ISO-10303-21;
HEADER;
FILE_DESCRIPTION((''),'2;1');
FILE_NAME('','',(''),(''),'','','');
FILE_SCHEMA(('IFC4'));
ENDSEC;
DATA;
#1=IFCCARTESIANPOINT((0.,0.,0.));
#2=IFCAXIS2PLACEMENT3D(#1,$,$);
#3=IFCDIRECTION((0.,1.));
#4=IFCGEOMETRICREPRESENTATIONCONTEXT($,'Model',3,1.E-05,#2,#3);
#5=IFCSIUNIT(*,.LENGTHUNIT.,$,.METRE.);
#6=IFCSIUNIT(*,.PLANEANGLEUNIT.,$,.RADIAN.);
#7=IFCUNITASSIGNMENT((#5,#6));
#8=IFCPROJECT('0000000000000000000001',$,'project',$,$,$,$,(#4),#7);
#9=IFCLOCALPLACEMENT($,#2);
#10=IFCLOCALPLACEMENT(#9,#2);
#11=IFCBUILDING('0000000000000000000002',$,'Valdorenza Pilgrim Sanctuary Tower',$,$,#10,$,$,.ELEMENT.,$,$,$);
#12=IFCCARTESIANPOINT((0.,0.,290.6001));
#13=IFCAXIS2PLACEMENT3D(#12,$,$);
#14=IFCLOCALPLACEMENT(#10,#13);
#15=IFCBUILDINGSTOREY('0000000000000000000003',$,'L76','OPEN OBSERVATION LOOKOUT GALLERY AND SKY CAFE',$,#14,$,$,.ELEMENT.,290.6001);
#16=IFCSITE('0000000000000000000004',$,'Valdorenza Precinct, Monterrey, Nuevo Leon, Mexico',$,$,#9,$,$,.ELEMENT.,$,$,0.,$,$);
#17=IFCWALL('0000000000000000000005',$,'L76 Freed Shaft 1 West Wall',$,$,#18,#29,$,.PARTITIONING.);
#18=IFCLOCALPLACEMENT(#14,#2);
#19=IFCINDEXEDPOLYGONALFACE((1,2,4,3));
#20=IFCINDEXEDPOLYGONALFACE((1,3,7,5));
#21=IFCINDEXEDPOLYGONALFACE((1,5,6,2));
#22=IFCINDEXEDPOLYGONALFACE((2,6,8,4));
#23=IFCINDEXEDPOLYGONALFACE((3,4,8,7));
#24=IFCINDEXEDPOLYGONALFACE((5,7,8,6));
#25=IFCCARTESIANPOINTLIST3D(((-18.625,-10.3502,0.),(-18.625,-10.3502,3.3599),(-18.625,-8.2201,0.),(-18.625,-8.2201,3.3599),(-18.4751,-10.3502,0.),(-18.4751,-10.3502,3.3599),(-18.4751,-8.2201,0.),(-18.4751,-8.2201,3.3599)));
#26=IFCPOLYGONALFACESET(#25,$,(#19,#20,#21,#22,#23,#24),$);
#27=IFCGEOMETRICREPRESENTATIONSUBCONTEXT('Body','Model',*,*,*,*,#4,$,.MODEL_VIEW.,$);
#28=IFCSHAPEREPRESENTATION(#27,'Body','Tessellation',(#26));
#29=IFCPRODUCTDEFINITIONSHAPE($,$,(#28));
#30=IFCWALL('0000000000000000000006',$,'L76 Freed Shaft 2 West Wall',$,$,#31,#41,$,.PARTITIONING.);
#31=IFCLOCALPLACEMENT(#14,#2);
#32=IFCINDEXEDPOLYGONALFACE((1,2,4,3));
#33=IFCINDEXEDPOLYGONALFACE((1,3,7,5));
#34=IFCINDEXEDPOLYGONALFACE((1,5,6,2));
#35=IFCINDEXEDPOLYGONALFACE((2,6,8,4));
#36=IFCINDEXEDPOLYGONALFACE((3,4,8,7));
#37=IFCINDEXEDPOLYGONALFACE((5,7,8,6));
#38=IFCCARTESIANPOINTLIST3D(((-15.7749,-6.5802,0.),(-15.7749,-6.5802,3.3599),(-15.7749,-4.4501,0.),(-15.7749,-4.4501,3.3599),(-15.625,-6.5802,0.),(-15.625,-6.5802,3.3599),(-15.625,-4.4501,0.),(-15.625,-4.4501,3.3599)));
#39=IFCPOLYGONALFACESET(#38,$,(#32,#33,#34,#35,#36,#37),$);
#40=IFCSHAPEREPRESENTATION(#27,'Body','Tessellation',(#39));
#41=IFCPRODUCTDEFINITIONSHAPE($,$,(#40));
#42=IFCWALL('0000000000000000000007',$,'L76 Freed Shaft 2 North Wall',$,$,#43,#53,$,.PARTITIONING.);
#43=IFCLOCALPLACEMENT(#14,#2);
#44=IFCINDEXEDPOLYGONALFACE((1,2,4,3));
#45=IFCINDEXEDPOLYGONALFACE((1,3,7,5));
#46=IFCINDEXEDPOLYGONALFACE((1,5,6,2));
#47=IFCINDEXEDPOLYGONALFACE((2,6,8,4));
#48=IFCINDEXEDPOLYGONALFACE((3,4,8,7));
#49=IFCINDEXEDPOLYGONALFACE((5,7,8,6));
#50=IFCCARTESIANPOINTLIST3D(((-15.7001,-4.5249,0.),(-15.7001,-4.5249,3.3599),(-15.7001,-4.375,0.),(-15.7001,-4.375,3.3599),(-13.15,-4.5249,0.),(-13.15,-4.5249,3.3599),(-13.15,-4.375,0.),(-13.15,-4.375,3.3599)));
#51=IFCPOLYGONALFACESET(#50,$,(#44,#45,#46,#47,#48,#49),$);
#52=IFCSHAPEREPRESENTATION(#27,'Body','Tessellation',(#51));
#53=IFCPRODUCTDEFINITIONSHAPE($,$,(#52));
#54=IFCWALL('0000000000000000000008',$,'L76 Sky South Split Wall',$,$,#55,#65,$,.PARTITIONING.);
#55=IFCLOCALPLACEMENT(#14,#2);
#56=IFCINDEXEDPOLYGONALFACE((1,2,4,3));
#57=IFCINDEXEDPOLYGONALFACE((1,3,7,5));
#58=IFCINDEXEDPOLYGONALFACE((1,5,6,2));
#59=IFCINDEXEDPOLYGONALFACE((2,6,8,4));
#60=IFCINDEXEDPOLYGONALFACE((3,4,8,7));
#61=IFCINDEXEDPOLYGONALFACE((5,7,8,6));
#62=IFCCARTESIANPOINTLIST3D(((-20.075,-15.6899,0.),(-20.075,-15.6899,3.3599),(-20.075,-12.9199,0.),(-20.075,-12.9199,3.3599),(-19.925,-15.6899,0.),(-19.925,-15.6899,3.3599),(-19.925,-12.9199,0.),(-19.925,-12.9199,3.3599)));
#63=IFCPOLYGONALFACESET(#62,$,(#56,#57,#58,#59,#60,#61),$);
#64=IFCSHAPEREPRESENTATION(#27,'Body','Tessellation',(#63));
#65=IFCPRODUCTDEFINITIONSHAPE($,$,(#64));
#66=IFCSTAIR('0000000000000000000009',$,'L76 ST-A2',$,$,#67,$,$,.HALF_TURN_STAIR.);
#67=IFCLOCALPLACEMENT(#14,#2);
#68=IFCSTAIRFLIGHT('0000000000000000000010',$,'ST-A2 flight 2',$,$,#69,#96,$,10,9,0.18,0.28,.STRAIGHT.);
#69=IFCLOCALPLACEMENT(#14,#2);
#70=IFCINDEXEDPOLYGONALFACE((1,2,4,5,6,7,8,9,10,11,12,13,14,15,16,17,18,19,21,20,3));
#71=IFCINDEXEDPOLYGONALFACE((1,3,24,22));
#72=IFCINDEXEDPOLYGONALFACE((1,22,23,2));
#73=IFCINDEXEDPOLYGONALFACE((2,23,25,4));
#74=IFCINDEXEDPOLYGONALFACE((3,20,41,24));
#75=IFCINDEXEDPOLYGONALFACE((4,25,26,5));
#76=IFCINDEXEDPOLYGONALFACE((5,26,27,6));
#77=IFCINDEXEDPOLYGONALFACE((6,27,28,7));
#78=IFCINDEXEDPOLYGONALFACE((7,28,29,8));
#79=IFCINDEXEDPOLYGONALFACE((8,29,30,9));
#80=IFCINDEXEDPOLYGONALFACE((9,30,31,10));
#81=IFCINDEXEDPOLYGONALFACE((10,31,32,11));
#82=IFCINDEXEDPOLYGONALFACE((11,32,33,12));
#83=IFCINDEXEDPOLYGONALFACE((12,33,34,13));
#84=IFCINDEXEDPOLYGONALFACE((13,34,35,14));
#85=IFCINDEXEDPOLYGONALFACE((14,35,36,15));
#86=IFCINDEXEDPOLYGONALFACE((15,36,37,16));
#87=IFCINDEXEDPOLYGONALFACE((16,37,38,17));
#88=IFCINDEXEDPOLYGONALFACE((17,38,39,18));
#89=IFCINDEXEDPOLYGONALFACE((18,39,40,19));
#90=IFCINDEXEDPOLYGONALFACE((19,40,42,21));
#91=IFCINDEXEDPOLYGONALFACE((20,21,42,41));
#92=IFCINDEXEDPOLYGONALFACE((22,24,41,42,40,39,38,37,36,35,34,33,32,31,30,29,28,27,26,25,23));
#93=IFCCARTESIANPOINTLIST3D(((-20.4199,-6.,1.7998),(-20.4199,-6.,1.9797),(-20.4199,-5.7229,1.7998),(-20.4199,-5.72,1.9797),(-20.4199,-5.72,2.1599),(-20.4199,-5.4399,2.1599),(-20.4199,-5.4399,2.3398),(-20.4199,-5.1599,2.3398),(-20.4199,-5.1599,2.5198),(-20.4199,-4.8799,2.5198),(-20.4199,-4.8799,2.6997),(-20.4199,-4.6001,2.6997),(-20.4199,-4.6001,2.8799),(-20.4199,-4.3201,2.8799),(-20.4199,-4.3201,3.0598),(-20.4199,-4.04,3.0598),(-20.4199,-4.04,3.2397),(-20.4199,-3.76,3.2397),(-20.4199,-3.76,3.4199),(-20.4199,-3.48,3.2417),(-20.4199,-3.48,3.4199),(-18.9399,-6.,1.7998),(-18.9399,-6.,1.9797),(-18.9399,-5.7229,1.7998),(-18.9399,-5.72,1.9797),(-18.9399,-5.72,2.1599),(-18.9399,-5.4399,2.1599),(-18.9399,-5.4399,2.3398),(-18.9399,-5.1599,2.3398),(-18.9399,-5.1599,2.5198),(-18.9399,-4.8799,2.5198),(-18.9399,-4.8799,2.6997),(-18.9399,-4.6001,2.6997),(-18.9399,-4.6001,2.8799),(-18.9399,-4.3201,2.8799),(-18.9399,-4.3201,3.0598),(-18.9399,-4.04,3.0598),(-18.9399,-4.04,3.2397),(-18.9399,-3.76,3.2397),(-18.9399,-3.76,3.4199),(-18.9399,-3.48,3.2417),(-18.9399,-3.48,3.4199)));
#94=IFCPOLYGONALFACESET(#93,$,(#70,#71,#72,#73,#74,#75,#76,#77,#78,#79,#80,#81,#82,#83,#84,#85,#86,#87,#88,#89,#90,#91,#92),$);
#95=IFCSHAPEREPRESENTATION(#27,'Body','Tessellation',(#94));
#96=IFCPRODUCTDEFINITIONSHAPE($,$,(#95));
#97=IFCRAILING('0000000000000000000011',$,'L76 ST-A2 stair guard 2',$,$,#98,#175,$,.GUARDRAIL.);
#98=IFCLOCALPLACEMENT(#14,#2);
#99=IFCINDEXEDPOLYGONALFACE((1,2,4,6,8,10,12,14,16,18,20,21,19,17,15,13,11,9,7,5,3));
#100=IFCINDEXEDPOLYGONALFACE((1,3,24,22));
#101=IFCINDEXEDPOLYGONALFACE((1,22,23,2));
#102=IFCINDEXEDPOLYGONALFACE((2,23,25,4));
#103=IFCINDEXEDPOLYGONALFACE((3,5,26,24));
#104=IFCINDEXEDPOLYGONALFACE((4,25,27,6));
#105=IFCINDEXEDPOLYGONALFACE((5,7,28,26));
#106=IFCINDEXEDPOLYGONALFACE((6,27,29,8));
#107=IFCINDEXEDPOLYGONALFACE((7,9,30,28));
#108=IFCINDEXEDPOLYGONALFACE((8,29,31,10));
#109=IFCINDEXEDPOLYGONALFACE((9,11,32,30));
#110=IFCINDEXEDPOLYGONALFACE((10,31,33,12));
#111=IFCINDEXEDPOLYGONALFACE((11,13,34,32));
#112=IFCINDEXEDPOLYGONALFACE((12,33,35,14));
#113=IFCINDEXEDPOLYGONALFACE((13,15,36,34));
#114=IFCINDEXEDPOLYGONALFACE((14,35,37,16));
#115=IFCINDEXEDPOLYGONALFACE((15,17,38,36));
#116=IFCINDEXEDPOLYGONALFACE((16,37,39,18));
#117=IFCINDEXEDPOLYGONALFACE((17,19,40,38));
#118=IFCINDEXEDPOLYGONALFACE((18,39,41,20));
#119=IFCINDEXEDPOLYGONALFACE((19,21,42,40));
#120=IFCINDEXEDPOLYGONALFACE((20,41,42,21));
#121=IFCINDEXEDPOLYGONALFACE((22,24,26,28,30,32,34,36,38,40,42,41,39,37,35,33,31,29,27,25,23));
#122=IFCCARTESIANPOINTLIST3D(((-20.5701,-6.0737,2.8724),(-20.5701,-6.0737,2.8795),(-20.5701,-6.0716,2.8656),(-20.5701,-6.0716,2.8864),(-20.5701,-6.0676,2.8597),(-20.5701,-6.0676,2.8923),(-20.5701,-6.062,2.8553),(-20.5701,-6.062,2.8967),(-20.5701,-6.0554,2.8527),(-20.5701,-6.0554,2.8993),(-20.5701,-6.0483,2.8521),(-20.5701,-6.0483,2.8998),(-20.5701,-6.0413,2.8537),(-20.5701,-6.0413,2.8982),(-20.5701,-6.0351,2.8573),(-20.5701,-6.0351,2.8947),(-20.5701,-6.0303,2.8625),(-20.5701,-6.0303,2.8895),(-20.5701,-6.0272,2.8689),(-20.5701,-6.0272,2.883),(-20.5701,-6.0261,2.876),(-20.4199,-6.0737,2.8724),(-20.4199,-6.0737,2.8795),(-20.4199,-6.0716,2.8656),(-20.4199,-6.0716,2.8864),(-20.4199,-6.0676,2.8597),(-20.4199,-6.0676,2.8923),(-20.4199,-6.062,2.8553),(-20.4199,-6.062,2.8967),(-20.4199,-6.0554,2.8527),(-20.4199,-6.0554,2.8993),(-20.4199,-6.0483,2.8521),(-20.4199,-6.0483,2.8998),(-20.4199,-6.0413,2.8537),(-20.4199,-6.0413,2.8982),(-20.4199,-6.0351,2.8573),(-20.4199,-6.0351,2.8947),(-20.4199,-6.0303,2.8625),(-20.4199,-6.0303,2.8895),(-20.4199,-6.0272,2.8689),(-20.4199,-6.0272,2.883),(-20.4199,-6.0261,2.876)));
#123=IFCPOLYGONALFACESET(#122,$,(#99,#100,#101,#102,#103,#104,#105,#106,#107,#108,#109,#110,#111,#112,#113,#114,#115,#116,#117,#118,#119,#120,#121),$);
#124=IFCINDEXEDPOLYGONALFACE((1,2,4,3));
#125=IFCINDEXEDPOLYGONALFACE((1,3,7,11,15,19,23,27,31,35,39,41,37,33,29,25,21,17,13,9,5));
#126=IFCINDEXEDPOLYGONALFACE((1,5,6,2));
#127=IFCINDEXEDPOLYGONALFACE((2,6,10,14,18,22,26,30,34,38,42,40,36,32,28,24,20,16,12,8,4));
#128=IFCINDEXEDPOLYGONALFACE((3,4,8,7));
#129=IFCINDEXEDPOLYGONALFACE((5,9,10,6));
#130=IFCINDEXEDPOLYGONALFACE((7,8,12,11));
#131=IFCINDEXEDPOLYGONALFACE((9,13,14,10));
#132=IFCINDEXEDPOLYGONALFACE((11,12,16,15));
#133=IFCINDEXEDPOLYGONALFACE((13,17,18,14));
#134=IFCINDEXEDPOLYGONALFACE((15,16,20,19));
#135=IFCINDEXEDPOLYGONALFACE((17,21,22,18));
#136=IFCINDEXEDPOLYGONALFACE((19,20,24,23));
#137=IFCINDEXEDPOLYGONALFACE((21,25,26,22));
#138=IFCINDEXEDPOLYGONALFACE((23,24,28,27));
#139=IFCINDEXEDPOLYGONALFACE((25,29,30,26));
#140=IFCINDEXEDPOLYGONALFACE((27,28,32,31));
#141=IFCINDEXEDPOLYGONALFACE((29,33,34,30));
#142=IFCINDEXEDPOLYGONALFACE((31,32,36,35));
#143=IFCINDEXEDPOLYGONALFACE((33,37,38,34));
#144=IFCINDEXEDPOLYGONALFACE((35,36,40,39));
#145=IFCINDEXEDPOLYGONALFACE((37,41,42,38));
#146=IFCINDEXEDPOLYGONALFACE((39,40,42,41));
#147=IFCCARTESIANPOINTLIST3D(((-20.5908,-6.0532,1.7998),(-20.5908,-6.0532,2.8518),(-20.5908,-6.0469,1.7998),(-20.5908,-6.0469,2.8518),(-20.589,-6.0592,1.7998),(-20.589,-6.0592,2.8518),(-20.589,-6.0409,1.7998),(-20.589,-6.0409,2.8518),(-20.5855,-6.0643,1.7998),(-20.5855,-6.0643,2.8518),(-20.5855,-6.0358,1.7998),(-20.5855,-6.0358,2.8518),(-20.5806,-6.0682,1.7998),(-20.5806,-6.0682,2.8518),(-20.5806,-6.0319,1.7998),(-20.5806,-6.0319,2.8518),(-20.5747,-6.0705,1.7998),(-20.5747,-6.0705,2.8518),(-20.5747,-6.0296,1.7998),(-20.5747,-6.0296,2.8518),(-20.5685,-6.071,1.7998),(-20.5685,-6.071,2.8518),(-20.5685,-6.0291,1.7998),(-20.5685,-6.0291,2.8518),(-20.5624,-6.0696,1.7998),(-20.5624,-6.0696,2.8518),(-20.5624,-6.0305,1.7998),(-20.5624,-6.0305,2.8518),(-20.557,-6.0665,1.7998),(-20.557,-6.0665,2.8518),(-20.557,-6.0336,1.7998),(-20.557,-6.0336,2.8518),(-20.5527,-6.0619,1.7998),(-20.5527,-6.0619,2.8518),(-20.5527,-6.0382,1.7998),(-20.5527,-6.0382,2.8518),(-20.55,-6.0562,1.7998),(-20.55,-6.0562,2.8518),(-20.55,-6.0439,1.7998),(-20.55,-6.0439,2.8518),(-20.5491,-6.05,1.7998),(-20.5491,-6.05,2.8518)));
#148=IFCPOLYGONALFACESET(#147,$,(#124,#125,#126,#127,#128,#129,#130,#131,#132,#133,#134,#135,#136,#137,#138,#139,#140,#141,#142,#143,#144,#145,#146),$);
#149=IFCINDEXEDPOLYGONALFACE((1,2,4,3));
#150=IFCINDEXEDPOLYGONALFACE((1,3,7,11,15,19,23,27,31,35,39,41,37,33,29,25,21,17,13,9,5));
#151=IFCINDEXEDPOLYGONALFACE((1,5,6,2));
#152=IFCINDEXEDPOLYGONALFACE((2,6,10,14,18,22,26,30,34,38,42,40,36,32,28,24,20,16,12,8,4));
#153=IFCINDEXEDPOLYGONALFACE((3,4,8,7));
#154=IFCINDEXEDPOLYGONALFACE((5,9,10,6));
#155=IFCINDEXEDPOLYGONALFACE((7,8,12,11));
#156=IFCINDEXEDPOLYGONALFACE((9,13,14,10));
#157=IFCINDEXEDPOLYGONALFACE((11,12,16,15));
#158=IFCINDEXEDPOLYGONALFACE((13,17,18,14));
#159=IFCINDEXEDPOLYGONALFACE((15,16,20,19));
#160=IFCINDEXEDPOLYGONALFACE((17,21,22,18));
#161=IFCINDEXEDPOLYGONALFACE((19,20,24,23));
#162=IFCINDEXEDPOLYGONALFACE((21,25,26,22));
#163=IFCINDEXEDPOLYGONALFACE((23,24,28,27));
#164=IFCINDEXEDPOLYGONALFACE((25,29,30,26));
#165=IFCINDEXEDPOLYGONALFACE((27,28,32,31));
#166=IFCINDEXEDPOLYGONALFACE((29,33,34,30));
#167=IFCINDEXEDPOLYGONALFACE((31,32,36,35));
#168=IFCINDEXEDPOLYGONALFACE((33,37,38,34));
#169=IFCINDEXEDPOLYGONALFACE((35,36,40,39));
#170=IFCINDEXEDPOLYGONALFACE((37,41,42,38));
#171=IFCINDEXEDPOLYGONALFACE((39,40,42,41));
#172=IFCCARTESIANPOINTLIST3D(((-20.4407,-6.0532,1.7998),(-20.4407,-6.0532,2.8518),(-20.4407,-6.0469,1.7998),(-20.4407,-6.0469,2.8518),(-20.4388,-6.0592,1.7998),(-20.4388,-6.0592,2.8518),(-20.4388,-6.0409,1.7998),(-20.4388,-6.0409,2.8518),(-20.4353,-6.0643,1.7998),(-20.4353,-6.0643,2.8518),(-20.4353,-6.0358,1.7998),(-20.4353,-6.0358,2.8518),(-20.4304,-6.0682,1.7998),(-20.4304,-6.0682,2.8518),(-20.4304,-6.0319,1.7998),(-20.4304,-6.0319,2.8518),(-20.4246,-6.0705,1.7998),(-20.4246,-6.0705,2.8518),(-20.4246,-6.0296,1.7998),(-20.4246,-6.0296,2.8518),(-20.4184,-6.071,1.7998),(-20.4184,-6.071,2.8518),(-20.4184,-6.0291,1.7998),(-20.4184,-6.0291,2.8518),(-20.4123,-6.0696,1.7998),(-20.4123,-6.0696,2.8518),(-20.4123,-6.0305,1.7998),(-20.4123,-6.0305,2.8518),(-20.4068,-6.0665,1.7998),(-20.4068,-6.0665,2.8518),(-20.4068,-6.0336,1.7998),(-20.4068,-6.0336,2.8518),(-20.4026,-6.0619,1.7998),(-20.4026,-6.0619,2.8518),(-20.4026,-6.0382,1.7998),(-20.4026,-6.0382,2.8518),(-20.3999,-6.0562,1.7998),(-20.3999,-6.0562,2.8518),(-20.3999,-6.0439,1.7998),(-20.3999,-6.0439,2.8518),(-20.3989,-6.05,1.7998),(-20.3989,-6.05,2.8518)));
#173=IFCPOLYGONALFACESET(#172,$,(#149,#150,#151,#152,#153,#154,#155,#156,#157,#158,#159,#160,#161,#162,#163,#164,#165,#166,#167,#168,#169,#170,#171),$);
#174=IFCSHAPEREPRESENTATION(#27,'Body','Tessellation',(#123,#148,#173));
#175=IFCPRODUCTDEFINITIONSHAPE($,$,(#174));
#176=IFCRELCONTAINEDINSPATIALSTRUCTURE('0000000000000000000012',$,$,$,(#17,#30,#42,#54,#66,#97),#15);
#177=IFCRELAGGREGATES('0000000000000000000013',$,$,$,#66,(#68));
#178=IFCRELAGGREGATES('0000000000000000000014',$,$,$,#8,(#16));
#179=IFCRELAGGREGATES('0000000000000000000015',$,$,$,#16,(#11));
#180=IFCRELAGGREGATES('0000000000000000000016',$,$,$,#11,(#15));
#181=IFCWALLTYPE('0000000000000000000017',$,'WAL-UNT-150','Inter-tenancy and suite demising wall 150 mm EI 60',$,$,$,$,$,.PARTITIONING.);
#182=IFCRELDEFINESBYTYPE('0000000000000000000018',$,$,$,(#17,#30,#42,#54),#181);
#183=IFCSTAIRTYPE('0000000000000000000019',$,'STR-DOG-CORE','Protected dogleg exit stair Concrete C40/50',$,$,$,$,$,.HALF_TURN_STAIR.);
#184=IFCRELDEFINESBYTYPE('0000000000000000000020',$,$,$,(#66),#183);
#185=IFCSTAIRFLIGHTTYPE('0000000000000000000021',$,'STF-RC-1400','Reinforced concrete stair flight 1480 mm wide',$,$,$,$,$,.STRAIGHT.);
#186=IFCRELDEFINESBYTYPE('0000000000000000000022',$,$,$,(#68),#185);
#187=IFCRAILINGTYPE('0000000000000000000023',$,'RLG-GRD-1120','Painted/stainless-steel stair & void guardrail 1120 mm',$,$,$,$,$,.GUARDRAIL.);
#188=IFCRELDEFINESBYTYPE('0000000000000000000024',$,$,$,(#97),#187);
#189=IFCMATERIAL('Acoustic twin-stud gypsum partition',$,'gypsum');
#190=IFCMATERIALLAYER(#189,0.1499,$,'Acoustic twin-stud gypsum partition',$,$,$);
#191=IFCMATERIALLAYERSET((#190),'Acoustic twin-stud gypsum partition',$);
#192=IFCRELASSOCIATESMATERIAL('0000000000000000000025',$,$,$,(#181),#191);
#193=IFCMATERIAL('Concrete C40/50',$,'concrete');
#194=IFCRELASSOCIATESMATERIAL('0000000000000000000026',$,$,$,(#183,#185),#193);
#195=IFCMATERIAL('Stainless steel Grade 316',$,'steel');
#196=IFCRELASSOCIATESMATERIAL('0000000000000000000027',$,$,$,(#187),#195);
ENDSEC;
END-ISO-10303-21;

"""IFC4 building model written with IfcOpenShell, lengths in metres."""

from ifc_helpers import new_model, si_unit, direction, frame, frame_2d, origin, origin_2d, place, context, subcontext, project, spatial, polyline, rectangle, circle, outline, extrude, material, layer, layer_set, type_object, element, aggregate, save


model = new_model("IFC4")

# Units and contexts
model_context = context("Model", 3, precision=1e-05, world=origin(), true_north=direction((0.0, 1.0)))
body_context = subcontext(model_context, "Body", "Model", "MODEL_VIEW")
ifc_project = project(units=[si_unit("LENGTHUNIT", "METRE"), si_unit("PLANEANGLEUNIT", "RADIAN")], contexts=[model_context])

# Site, building, storey
site_placement = place(None, origin())
site = spatial("IfcSite", under=ifc_project, at=site_placement, Name="Valdorenza Precinct, Monterrey, Nuevo Leon, Mexico", CompositionType="ELEMENT", RefElevation=0.0)
building_placement = place(site_placement, origin())
building = spatial("IfcBuilding", under=site, at=building_placement, Name="Valdorenza Pilgrim Sanctuary Tower", CompositionType="ELEMENT")
storey_placement = place(building_placement, frame((0.0, 0.0, 290.6001)))
storey = spatial("IfcBuildingStorey", under=building, at=storey_placement, Name="L76", Description="OPEN OBSERVATION LOOKOUT GALLERY AND SKY CAFE", CompositionType="ELEMENT", Elevation=290.6001)

# Shared definitions
ifc_material_1 = material(Name="Acoustic twin-stud gypsum partition", Category="gypsum")

# Walls
ifc_material_2 = material(Name="Concrete C40/50", Category="concrete")
ifc_layer_1 = layer(ifc_material_1, 0.1499, Name="Acoustic twin-stud gypsum partition")
ifc_layer_set_1 = layer_set([ifc_layer_1], Name="Acoustic twin-stud gypsum partition")
wall_type_1 = type_object("IfcWallType", Name="WAL-UNT-150", Description="Inter-tenancy and suite demising wall 150 mm EI 60", PredefinedType="PARTITIONING", material=ifc_layer_set_1)
for number, where, z_axis, x_axis, name in (
    (1, (-18.55, -10.3501, 0.0), (0.0, 0.0, 1.0), (0.0, 1.0, 0.0), "L76 Freed Shaft 1 West Wall"),
    (2, (-15.7, -6.5801, 0.0), (0.0, 0.0, 1.0), (0.0, 1.0, 0.0), "L76 Freed Shaft 2 West Wall"),
):
    element("IfcWall", number, at=place(storey_placement, frame(where, z_axis=z_axis, x_axis=x_axis)), inside=storey, type_object=wall_type_1, Name=name, PredefinedType="PARTITIONING", context=body_context, shape_type="SweptSolid", body=[
        extrude(rectangle(XDim=2.1301, YDim=0.1499, at=frame_2d((1.0649, 0.0))), origin(), (0.0, 0.0, 1.0), 3.3599),
    ])
wall_1_placement = place(storey_placement, frame((-15.7, -4.45, 0.0), z_axis=(0.0, 0.0, 1.0), x_axis=(1.0, 0.0, 0.0)))
element("IfcWall", 3, at=wall_1_placement, inside=storey, type_object=wall_type_1, Name="L76 Freed Shaft 2 North Wall", PredefinedType="PARTITIONING", context=body_context, shape_type="SweptSolid", body=[
    extrude(rectangle(XDim=2.55, YDim=0.1499, at=frame_2d((1.2749, 0.0))), origin(), (0.0, 0.0, 1.0), 3.3599),
])
wall_2_placement = place(storey_placement, frame((-20.0, -15.6899, 0.0), z_axis=(0.0, 0.0, 1.0), x_axis=(0.0, 1.0, 0.0)))
element("IfcWall", 4, at=wall_2_placement, inside=storey, type_object=wall_type_1, Name="L76 Sky South Split Wall", PredefinedType="PARTITIONING", context=body_context, shape_type="SweptSolid", body=[
    extrude(rectangle(XDim=2.77, YDim=0.1499, at=frame_2d((1.385, 0.0))), origin(), (0.0, 0.0, 1.0), 3.3599),
])

# Stair, stair flight
stair_type = type_object("IfcStairType", Name="STR-DOG-CORE", Description="Protected dogleg exit stair Concrete C40/50", PredefinedType="HALF_TURN_STAIR", material=ifc_material_2)
stair_placement = place(storey_placement, origin())
stair = element("IfcStair", 5, at=stair_placement, inside=storey, type_object=stair_type, Name="L76 ST-A2", PredefinedType="HALF_TURN_STAIR")
stair_flight_type = type_object("IfcStairFlightType", Name="STF-RC-1400", Description="Reinforced concrete stair flight 1480 mm wide", PredefinedType="STRAIGHT", material=ifc_material_2)
stair_flight_placement = place(storey_placement, frame((-19.6799, -6.0, 1.7998), z_axis=(0.0, 0.0, 1.0), x_axis=(0.0, 1.0, 0.0)))
stair_flight = element("IfcStairFlight", 6, at=stair_flight_placement, type_object=stair_flight_type, Name="ST-A2 flight 2", NumberOfRisers=10, NumberOfTreads=9, PredefinedType="STRAIGHT", RiserHeight=0.18, TreadLength=0.28, context=body_context, shape_type="SweptSolid", body=[
    extrude(outline(polyline([(0.0, 0.0), (0.0, 0.1799), (0.28, 0.1799), (0.28, 0.3601), (0.5601, 0.3601), (0.5601, 0.54), (0.8401, 0.54), (0.8401, 0.72), (1.1201, 0.72), (1.1201, 0.8999), (1.3999, 0.8999), (1.3999, 1.0801), (1.6799, 1.0801), (1.6799, 1.26), (1.96, 1.26), (1.96, 1.4399), (2.24, 1.4399), (2.24, 1.6201), (2.52, 1.6201), (2.52, 1.8), (2.52, 1.4419), (0.2771, 0.0), (0.0, 0.0)])), frame((0.0, 0.74, 0.0), z_axis=(0.0, -1.0, 0.0), x_axis=(1.0, 0.0, 0.0)), (0.0, 0.0, 1.0), 1.48),
])
aggregate(stair, [stair_flight])

# Railing
ifc_material_3 = material(Name="Stainless steel Grade 316", Category="steel")
railing_type_1 = type_object("IfcRailingType", Name="RLG-GRD-1120", Description="Painted/stainless-steel stair & void guardrail 1120 mm", PredefinedType="GUARDRAIL", material=ifc_material_3)
railing_1_placement = place(storey_placement, frame((-20.5701, -6.05, 1.7998)))
element("IfcRailing", 7, at=railing_1_placement, inside=storey, type_object=railing_type_1, Name="L76 ST-A2 stair guard 2", PredefinedType="GUARDRAIL", context=body_context, shape_type="SweptSolid", body=[
    extrude(circle(Radius=0.0239, at=origin_2d()), frame((0.0, 0.0, 1.0762), z_axis=(1.0, 0.0, 0.0), x_axis=(0.0, 1.0, 0.0)), (0.0, 0.0, 1.0), 0.1501),
    extrude(circle(Radius=0.021, at=origin_2d()), origin(), (0.0, 0.0, 1.0), 1.052),
    extrude(circle(Radius=0.021, at=origin_2d()), frame((0.1501, 0.0, 0.0)), (0.0, 0.0, 1.0), 1.052),
])

save(model, "model.ifc")
